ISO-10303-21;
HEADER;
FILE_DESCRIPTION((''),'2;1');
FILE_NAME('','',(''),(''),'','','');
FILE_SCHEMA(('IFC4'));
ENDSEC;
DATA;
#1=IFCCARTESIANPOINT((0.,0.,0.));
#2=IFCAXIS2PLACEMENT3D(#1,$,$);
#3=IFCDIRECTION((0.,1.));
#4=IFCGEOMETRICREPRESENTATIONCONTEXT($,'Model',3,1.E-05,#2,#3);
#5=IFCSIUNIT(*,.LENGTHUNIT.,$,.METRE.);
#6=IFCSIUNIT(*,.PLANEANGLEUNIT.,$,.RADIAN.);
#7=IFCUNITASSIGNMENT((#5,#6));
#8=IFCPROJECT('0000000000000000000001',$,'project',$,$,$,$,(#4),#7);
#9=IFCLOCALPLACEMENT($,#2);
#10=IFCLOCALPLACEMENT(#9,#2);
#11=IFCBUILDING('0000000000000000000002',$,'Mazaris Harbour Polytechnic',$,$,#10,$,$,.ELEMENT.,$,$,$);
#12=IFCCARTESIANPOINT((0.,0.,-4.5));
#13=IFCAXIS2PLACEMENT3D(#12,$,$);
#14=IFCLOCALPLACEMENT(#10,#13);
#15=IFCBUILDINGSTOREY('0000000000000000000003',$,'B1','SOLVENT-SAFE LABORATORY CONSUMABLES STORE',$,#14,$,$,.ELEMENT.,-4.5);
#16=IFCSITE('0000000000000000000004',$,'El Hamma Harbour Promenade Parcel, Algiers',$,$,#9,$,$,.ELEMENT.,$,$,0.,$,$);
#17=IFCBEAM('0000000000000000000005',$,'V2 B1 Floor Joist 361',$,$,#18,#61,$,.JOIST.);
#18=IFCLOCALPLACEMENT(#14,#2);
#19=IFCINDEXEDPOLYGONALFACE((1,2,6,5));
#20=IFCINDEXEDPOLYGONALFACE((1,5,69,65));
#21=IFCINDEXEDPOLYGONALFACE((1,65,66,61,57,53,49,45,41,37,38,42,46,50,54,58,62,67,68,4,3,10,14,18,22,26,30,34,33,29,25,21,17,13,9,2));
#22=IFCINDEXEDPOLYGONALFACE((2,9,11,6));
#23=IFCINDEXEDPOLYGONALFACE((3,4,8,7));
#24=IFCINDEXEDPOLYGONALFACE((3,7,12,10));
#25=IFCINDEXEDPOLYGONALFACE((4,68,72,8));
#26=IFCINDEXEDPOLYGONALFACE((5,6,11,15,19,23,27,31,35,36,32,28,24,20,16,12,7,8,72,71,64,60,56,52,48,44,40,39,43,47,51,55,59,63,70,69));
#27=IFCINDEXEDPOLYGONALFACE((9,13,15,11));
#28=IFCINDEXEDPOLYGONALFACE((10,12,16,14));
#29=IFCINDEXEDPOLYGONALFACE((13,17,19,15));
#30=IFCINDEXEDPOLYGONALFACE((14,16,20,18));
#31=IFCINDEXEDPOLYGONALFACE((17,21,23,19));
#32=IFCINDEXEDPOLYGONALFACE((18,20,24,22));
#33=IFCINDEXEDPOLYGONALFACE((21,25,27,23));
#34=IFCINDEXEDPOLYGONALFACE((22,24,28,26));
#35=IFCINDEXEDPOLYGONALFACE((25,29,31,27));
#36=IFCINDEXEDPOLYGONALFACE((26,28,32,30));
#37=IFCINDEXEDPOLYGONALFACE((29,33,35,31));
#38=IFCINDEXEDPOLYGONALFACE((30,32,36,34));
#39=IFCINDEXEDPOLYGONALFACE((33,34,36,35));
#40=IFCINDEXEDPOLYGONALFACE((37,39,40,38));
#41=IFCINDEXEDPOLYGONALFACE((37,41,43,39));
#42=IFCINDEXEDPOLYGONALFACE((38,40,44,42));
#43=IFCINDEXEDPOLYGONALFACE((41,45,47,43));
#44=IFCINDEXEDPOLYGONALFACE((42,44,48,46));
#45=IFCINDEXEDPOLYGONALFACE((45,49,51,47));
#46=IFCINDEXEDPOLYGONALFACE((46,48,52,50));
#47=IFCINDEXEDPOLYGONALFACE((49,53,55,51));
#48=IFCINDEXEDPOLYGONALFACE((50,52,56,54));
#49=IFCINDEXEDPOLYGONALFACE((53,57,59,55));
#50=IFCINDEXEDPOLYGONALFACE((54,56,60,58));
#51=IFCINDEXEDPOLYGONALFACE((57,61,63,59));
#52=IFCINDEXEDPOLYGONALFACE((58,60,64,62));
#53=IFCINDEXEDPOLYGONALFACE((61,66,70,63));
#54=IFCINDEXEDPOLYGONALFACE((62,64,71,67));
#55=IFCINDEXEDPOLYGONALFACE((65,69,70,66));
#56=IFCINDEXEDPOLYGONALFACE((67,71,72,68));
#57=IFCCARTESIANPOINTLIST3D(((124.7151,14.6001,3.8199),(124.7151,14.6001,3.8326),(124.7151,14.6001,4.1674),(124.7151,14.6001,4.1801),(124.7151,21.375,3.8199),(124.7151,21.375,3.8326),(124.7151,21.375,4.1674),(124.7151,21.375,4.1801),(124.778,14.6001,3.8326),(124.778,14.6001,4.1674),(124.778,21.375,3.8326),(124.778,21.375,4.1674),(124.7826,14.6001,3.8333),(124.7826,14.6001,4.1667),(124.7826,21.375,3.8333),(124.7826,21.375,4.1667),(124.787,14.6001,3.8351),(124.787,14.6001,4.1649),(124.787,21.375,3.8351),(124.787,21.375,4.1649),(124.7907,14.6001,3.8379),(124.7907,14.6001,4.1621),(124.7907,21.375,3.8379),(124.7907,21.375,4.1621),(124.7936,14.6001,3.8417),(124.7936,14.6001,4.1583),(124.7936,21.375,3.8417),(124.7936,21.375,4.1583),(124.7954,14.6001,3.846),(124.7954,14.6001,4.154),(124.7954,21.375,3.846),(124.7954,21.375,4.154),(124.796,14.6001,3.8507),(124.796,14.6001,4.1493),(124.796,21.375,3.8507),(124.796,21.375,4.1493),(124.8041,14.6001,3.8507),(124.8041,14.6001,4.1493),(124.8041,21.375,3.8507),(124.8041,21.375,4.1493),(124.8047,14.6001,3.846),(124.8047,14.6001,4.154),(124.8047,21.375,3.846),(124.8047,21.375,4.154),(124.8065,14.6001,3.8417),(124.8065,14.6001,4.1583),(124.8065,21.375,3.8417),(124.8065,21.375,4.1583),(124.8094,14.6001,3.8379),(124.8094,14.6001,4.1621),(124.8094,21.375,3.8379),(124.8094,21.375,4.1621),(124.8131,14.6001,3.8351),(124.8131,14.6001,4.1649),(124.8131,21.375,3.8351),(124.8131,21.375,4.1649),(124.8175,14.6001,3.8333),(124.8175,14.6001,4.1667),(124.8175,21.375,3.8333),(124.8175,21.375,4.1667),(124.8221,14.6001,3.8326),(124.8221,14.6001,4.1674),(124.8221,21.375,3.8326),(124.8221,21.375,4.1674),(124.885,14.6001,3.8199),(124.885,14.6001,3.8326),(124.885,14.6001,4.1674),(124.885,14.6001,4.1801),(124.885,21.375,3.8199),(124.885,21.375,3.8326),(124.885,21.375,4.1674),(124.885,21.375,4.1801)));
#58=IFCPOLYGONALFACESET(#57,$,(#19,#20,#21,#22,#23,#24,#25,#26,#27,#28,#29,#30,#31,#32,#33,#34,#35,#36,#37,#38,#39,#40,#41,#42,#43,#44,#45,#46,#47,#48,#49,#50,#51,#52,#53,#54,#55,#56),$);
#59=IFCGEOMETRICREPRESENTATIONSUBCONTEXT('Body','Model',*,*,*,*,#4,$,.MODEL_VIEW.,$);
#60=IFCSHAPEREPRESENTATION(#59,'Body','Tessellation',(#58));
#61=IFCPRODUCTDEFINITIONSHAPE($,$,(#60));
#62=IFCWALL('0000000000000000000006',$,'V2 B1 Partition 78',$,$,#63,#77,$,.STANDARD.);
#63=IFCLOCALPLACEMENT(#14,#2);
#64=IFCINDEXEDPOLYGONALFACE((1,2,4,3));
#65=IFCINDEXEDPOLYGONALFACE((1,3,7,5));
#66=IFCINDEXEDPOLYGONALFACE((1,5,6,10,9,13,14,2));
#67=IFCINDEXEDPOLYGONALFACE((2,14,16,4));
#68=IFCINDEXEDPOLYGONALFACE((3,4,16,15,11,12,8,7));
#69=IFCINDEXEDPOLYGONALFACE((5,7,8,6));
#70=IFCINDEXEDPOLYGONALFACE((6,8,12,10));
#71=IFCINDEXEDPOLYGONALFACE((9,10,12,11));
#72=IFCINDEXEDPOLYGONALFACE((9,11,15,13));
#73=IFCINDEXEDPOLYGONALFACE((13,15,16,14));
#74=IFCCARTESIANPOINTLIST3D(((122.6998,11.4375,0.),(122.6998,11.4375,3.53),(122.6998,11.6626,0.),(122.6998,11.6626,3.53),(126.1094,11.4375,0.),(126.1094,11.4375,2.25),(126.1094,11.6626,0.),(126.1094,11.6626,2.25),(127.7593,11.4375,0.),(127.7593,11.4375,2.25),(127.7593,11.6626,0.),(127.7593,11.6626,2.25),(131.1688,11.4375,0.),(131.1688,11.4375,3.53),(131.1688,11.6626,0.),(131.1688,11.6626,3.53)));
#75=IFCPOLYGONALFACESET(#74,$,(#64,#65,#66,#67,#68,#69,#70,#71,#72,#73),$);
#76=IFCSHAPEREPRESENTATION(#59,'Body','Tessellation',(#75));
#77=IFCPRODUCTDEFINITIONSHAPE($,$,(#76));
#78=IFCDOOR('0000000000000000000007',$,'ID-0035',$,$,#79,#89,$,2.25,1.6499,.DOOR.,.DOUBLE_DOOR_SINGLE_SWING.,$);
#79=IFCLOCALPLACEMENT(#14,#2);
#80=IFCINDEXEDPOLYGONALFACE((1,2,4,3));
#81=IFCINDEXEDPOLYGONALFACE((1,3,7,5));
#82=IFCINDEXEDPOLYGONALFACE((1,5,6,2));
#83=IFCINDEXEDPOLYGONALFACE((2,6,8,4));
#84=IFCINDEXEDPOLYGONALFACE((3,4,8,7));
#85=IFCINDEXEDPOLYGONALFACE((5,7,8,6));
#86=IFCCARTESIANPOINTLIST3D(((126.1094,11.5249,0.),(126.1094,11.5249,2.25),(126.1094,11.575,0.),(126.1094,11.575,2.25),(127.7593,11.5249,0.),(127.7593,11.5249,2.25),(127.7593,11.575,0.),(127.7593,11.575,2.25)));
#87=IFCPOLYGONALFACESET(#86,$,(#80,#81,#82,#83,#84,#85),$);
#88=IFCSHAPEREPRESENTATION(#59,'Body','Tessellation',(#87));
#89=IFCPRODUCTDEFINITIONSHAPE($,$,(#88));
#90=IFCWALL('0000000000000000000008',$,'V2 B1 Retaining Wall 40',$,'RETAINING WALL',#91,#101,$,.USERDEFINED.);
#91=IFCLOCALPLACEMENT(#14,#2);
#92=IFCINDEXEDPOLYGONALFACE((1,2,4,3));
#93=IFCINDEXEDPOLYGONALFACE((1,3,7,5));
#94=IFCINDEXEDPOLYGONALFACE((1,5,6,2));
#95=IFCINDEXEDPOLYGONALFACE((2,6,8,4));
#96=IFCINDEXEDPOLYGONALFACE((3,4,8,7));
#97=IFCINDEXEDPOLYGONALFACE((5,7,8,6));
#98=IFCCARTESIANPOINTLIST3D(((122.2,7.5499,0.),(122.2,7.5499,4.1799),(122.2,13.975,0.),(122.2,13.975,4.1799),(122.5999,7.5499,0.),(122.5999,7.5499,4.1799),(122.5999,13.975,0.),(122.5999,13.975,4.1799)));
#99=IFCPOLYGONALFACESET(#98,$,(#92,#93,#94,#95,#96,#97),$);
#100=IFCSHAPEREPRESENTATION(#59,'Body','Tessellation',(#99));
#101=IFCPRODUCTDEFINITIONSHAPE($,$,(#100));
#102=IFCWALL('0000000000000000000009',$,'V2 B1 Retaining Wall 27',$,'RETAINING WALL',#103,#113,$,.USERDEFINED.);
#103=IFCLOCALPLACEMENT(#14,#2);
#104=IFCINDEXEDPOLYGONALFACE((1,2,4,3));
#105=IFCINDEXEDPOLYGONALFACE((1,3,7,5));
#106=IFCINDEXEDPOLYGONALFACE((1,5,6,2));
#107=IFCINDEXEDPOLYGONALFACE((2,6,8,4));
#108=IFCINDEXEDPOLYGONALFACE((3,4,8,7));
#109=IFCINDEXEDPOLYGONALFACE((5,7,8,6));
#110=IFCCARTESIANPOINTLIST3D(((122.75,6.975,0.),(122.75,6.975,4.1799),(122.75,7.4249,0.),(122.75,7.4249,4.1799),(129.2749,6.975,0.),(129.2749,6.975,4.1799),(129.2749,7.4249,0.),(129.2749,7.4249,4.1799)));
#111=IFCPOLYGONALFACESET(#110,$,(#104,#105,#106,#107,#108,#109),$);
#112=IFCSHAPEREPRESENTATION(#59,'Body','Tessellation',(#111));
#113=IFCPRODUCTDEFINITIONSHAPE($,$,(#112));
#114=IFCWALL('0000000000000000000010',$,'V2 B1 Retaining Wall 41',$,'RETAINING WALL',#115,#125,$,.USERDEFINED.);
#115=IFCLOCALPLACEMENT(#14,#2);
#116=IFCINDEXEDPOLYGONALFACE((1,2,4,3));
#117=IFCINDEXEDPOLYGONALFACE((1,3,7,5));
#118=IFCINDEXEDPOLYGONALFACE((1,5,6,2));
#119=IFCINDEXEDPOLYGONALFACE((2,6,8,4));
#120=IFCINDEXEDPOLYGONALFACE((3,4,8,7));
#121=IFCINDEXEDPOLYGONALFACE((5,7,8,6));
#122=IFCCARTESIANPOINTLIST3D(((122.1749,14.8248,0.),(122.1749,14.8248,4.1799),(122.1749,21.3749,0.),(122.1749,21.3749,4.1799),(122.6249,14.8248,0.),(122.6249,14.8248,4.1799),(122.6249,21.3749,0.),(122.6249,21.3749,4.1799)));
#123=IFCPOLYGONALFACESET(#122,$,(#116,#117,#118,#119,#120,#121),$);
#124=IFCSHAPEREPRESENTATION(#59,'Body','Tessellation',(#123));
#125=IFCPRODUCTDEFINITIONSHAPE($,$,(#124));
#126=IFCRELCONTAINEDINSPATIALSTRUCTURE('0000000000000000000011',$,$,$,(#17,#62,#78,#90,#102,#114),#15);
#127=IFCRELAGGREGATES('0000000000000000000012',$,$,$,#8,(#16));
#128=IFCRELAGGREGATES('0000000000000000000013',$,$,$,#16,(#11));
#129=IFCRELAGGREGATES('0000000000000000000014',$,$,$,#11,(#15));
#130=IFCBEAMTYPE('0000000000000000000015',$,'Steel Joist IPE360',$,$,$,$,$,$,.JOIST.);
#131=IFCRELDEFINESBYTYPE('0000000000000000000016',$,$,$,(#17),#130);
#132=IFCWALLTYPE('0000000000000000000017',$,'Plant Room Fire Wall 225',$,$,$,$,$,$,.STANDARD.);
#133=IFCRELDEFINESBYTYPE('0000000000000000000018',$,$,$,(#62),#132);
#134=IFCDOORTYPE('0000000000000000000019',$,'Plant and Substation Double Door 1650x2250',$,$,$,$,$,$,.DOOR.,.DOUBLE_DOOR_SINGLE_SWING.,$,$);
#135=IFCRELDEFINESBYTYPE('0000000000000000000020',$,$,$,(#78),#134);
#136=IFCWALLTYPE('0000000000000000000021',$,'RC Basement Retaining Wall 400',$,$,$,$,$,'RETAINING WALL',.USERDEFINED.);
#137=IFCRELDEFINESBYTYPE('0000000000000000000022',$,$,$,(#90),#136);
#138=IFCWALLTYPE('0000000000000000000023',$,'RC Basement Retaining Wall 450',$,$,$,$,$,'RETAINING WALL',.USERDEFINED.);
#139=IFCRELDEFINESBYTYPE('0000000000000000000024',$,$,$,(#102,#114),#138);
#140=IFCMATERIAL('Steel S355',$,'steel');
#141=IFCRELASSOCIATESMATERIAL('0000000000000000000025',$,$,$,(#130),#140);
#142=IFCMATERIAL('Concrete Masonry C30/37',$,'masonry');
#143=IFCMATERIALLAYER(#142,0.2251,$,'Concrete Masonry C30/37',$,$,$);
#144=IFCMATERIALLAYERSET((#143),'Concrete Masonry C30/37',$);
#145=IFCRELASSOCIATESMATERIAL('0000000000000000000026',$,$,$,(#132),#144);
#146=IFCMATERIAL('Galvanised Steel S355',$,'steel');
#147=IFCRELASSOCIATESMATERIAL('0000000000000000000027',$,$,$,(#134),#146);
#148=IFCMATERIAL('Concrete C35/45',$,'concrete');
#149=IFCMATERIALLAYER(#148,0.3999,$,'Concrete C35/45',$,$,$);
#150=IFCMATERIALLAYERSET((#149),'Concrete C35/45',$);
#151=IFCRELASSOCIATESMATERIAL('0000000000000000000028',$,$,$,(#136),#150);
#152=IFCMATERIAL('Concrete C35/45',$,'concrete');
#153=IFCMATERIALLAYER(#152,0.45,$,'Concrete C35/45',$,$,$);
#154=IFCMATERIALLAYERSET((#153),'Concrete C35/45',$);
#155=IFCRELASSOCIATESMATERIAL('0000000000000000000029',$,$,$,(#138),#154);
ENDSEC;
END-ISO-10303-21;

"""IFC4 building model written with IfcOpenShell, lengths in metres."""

from ifc_helpers import new_model, si_unit, direction, frame, frame_2d, origin, origin_2d, place, context, subcontext, project, spatial, rectangle, i_section, extrude, material, layer, layer_set, material_profile, profile_set, type_object, element, fill, save


model = new_model("IFC4")

# Units and contexts
model_context = context("Model", 3, precision=1e-05, world=origin(), true_north=direction((0.0, 1.0)))
body_context = subcontext(model_context, "Body", "Model", "MODEL_VIEW")
ifc_project = project(units=[si_unit("LENGTHUNIT", "METRE"), si_unit("PLANEANGLEUNIT", "RADIAN")], contexts=[model_context])

# Site, building, storey
site_placement = place(None, origin())
site = spatial("IfcSite", under=ifc_project, at=site_placement, Name="El Hamma Harbour Promenade Parcel, Algiers", CompositionType="ELEMENT", RefElevation=0.0)
building_placement = place(site_placement, origin())
building = spatial("IfcBuilding", under=site, at=building_placement, Name="Mazaris Harbour Polytechnic", CompositionType="ELEMENT")
storey_placement = place(building_placement, frame((0.0, 0.0, -4.5)))
storey = spatial("IfcBuildingStorey", under=building, at=storey_placement, Name="B1", Description="SOLVENT-SAFE LABORATORY CONSUMABLES STORE", CompositionType="ELEMENT", Elevation=-4.5)

# Beam
ifc_material_1 = material(Name="Steel S355", Category="steel")
ifc_material_profile_1 = material_profile(ifc_material_1, i_section(OverallWidth=0.1699, OverallDepth=0.3601, WebThickness=0.0081, FlangeThickness=0.0127, FilletRadius=0.0181, at=origin_2d()), Name="IPE 360")
ifc_profile_set_1 = profile_set([ifc_material_profile_1], Name="Steel S355")
beam_type_1 = type_object("IfcBeamType", Name="Steel Joist IPE360", PredefinedType="JOIST", material=ifc_profile_set_1)
beam_1_placement = place(storey_placement, frame((124.8, 14.6001, 4.0), z_axis=(0.0, 1.0, 0.0), x_axis=(-1.0, 0.0, 0.0)))
element("IfcBeam", 1, at=beam_1_placement, inside=storey, type_object=beam_type_1, Name="V2 B1 Floor Joist 361", PredefinedType="JOIST", context=body_context, shape_type="SweptSolid", body=[
    extrude(i_section(OverallWidth=0.1699, OverallDepth=0.3601, WebThickness=0.0081, FlangeThickness=0.0127, FilletRadius=0.0181, at=origin_2d()), origin(), (0.0, 0.0, 1.0), 6.7749),
])

# Wall, opening, door
ifc_material_2 = material(Name="Concrete Masonry C30/37", Category="masonry")
ifc_layer_1 = layer(ifc_material_2, 0.2251, Name="Concrete Masonry C30/37")
ifc_layer_set_1 = layer_set([ifc_layer_1], Name="Concrete Masonry C30/37")
wall_type_1 = type_object("IfcWallType", Name="Plant Room Fire Wall 225", PredefinedType="STANDARD", material=ifc_layer_set_1)
wall_1_placement = place(storey_placement, frame((122.7, 11.55, 0.0), z_axis=(0.0, 0.0, 1.0), x_axis=(1.0, 0.0, 0.0)))
wall_1 = element("IfcWall", 2, at=wall_1_placement, inside=storey, type_object=wall_type_1, Name="V2 B1 Partition 78", PredefinedType="STANDARD", context=body_context, shape_type="SweptSolid", body=[
    extrude(rectangle(XDim=8.469, YDim=0.2251, at=frame_2d((4.2344, 0.0))), origin(), (0.0, 0.0, 1.0), 3.53),
])
opening_placement = place(wall_1_placement, frame((3.4094, 0.0, 0.0)))
opening = element("IfcOpeningElement", 3, at=opening_placement, cuts=wall_1, PredefinedType="OPENING", context=body_context, shape_type="SweptSolid", body=[
    extrude(rectangle(XDim=1.6499, YDim=2.25, at=frame_2d((0.825, 1.125))), frame((0.0, 0.1226, 0.0), z_axis=(0.0, -1.0, 0.0), x_axis=(1.0, 0.0, 0.0)), (0.0, 0.0, 1.0), 0.2451),
])
ifc_material_3 = material(Name="Galvanised Steel S355", Category="steel")
door_type = type_object("IfcDoorType", Name="Plant and Substation Double Door 1650x2250", OperationType="DOUBLE_DOOR_SINGLE_SWING", PredefinedType="DOOR", material=ifc_material_3)
door_placement = place(opening_placement, origin())
door = element("IfcDoor", 4, at=door_placement, inside=storey, type_object=door_type, Name="ID-0035", OperationType="DOUBLE_DOOR_SINGLE_SWING", OverallHeight=2.25, OverallWidth=1.6499, PredefinedType="DOOR", context=body_context, shape_type="SweptSolid", body=[
    extrude(rectangle(XDim=1.6499, YDim=2.25, at=frame_2d((0.825, 1.125))), frame((0.0, 0.0249, 0.0), z_axis=(0.0, -1.0, 0.0), x_axis=(1.0, 0.0, 0.0)), (0.0, 0.0, 1.0), 0.05),
])
fill(opening, door)

# Walls
ifc_material_4 = material(Name="Concrete C35/45", Category="concrete")
ifc_layer_2 = layer(ifc_material_4, 0.3999, Name="Concrete C35/45")
ifc_layer_set_2 = layer_set([ifc_layer_2], Name="Concrete C35/45")
wall_type_2 = type_object("IfcWallType", Name="RC Basement Retaining Wall 400", ElementType="RETAINING WALL", PredefinedType="USERDEFINED", material=ifc_layer_set_2)
wall_2_placement = place(storey_placement, frame((122.3999, 7.55, 0.0), z_axis=(0.0, 0.0, 1.0), x_axis=(0.0, 1.0, 0.0)))
element("IfcWall", 5, at=wall_2_placement, inside=storey, type_object=wall_type_2, Name="V2 B1 Retaining Wall 40", ObjectType="RETAINING WALL", PredefinedType="USERDEFINED", context=body_context, shape_type="SweptSolid", body=[
    extrude(rectangle(XDim=6.425, YDim=0.3999, at=frame_2d((3.2124, 0.0))), origin(), (0.0, 0.0, 1.0), 4.1799),
])
ifc_material_5 = material(Name="Concrete C35/45", Category="concrete")
ifc_layer_3 = layer(ifc_material_5, 0.45, Name="Concrete C35/45")
ifc_layer_set_3 = layer_set([ifc_layer_3], Name="Concrete C35/45")
wall_type_3 = type_object("IfcWallType", Name="RC Basement Retaining Wall 450", ElementType="RETAINING WALL", PredefinedType="USERDEFINED", material=ifc_layer_set_3)
wall_3_placement = place(storey_placement, frame((122.75, 7.2, 0.0), z_axis=(0.0, 0.0, 1.0), x_axis=(1.0, 0.0, 0.0)))
element("IfcWall", 6, at=wall_3_placement, inside=storey, type_object=wall_type_3, Name="V2 B1 Retaining Wall 27", ObjectType="RETAINING WALL", PredefinedType="USERDEFINED", context=body_context, shape_type="SweptSolid", body=[
    extrude(rectangle(XDim=6.5249, YDim=0.45, at=frame_2d((3.2625, 0.0))), origin(), (0.0, 0.0, 1.0), 4.1799),
])
wall_4_placement = place(storey_placement, frame((122.3999, 14.825, 0.0), z_axis=(0.0, 0.0, 1.0), x_axis=(0.0, 1.0, 0.0)))
element("IfcWall", 7, at=wall_4_placement, inside=storey, type_object=wall_type_3, Name="V2 B1 Retaining Wall 41", ObjectType="RETAINING WALL", PredefinedType="USERDEFINED", context=body_context, shape_type="SweptSolid", body=[
    extrude(rectangle(XDim=6.55, YDim=0.45, at=frame_2d((3.2749, 0.0))), origin(), (0.0, 0.0, 1.0), 4.1799),
])

save(model, "model.ifc")
